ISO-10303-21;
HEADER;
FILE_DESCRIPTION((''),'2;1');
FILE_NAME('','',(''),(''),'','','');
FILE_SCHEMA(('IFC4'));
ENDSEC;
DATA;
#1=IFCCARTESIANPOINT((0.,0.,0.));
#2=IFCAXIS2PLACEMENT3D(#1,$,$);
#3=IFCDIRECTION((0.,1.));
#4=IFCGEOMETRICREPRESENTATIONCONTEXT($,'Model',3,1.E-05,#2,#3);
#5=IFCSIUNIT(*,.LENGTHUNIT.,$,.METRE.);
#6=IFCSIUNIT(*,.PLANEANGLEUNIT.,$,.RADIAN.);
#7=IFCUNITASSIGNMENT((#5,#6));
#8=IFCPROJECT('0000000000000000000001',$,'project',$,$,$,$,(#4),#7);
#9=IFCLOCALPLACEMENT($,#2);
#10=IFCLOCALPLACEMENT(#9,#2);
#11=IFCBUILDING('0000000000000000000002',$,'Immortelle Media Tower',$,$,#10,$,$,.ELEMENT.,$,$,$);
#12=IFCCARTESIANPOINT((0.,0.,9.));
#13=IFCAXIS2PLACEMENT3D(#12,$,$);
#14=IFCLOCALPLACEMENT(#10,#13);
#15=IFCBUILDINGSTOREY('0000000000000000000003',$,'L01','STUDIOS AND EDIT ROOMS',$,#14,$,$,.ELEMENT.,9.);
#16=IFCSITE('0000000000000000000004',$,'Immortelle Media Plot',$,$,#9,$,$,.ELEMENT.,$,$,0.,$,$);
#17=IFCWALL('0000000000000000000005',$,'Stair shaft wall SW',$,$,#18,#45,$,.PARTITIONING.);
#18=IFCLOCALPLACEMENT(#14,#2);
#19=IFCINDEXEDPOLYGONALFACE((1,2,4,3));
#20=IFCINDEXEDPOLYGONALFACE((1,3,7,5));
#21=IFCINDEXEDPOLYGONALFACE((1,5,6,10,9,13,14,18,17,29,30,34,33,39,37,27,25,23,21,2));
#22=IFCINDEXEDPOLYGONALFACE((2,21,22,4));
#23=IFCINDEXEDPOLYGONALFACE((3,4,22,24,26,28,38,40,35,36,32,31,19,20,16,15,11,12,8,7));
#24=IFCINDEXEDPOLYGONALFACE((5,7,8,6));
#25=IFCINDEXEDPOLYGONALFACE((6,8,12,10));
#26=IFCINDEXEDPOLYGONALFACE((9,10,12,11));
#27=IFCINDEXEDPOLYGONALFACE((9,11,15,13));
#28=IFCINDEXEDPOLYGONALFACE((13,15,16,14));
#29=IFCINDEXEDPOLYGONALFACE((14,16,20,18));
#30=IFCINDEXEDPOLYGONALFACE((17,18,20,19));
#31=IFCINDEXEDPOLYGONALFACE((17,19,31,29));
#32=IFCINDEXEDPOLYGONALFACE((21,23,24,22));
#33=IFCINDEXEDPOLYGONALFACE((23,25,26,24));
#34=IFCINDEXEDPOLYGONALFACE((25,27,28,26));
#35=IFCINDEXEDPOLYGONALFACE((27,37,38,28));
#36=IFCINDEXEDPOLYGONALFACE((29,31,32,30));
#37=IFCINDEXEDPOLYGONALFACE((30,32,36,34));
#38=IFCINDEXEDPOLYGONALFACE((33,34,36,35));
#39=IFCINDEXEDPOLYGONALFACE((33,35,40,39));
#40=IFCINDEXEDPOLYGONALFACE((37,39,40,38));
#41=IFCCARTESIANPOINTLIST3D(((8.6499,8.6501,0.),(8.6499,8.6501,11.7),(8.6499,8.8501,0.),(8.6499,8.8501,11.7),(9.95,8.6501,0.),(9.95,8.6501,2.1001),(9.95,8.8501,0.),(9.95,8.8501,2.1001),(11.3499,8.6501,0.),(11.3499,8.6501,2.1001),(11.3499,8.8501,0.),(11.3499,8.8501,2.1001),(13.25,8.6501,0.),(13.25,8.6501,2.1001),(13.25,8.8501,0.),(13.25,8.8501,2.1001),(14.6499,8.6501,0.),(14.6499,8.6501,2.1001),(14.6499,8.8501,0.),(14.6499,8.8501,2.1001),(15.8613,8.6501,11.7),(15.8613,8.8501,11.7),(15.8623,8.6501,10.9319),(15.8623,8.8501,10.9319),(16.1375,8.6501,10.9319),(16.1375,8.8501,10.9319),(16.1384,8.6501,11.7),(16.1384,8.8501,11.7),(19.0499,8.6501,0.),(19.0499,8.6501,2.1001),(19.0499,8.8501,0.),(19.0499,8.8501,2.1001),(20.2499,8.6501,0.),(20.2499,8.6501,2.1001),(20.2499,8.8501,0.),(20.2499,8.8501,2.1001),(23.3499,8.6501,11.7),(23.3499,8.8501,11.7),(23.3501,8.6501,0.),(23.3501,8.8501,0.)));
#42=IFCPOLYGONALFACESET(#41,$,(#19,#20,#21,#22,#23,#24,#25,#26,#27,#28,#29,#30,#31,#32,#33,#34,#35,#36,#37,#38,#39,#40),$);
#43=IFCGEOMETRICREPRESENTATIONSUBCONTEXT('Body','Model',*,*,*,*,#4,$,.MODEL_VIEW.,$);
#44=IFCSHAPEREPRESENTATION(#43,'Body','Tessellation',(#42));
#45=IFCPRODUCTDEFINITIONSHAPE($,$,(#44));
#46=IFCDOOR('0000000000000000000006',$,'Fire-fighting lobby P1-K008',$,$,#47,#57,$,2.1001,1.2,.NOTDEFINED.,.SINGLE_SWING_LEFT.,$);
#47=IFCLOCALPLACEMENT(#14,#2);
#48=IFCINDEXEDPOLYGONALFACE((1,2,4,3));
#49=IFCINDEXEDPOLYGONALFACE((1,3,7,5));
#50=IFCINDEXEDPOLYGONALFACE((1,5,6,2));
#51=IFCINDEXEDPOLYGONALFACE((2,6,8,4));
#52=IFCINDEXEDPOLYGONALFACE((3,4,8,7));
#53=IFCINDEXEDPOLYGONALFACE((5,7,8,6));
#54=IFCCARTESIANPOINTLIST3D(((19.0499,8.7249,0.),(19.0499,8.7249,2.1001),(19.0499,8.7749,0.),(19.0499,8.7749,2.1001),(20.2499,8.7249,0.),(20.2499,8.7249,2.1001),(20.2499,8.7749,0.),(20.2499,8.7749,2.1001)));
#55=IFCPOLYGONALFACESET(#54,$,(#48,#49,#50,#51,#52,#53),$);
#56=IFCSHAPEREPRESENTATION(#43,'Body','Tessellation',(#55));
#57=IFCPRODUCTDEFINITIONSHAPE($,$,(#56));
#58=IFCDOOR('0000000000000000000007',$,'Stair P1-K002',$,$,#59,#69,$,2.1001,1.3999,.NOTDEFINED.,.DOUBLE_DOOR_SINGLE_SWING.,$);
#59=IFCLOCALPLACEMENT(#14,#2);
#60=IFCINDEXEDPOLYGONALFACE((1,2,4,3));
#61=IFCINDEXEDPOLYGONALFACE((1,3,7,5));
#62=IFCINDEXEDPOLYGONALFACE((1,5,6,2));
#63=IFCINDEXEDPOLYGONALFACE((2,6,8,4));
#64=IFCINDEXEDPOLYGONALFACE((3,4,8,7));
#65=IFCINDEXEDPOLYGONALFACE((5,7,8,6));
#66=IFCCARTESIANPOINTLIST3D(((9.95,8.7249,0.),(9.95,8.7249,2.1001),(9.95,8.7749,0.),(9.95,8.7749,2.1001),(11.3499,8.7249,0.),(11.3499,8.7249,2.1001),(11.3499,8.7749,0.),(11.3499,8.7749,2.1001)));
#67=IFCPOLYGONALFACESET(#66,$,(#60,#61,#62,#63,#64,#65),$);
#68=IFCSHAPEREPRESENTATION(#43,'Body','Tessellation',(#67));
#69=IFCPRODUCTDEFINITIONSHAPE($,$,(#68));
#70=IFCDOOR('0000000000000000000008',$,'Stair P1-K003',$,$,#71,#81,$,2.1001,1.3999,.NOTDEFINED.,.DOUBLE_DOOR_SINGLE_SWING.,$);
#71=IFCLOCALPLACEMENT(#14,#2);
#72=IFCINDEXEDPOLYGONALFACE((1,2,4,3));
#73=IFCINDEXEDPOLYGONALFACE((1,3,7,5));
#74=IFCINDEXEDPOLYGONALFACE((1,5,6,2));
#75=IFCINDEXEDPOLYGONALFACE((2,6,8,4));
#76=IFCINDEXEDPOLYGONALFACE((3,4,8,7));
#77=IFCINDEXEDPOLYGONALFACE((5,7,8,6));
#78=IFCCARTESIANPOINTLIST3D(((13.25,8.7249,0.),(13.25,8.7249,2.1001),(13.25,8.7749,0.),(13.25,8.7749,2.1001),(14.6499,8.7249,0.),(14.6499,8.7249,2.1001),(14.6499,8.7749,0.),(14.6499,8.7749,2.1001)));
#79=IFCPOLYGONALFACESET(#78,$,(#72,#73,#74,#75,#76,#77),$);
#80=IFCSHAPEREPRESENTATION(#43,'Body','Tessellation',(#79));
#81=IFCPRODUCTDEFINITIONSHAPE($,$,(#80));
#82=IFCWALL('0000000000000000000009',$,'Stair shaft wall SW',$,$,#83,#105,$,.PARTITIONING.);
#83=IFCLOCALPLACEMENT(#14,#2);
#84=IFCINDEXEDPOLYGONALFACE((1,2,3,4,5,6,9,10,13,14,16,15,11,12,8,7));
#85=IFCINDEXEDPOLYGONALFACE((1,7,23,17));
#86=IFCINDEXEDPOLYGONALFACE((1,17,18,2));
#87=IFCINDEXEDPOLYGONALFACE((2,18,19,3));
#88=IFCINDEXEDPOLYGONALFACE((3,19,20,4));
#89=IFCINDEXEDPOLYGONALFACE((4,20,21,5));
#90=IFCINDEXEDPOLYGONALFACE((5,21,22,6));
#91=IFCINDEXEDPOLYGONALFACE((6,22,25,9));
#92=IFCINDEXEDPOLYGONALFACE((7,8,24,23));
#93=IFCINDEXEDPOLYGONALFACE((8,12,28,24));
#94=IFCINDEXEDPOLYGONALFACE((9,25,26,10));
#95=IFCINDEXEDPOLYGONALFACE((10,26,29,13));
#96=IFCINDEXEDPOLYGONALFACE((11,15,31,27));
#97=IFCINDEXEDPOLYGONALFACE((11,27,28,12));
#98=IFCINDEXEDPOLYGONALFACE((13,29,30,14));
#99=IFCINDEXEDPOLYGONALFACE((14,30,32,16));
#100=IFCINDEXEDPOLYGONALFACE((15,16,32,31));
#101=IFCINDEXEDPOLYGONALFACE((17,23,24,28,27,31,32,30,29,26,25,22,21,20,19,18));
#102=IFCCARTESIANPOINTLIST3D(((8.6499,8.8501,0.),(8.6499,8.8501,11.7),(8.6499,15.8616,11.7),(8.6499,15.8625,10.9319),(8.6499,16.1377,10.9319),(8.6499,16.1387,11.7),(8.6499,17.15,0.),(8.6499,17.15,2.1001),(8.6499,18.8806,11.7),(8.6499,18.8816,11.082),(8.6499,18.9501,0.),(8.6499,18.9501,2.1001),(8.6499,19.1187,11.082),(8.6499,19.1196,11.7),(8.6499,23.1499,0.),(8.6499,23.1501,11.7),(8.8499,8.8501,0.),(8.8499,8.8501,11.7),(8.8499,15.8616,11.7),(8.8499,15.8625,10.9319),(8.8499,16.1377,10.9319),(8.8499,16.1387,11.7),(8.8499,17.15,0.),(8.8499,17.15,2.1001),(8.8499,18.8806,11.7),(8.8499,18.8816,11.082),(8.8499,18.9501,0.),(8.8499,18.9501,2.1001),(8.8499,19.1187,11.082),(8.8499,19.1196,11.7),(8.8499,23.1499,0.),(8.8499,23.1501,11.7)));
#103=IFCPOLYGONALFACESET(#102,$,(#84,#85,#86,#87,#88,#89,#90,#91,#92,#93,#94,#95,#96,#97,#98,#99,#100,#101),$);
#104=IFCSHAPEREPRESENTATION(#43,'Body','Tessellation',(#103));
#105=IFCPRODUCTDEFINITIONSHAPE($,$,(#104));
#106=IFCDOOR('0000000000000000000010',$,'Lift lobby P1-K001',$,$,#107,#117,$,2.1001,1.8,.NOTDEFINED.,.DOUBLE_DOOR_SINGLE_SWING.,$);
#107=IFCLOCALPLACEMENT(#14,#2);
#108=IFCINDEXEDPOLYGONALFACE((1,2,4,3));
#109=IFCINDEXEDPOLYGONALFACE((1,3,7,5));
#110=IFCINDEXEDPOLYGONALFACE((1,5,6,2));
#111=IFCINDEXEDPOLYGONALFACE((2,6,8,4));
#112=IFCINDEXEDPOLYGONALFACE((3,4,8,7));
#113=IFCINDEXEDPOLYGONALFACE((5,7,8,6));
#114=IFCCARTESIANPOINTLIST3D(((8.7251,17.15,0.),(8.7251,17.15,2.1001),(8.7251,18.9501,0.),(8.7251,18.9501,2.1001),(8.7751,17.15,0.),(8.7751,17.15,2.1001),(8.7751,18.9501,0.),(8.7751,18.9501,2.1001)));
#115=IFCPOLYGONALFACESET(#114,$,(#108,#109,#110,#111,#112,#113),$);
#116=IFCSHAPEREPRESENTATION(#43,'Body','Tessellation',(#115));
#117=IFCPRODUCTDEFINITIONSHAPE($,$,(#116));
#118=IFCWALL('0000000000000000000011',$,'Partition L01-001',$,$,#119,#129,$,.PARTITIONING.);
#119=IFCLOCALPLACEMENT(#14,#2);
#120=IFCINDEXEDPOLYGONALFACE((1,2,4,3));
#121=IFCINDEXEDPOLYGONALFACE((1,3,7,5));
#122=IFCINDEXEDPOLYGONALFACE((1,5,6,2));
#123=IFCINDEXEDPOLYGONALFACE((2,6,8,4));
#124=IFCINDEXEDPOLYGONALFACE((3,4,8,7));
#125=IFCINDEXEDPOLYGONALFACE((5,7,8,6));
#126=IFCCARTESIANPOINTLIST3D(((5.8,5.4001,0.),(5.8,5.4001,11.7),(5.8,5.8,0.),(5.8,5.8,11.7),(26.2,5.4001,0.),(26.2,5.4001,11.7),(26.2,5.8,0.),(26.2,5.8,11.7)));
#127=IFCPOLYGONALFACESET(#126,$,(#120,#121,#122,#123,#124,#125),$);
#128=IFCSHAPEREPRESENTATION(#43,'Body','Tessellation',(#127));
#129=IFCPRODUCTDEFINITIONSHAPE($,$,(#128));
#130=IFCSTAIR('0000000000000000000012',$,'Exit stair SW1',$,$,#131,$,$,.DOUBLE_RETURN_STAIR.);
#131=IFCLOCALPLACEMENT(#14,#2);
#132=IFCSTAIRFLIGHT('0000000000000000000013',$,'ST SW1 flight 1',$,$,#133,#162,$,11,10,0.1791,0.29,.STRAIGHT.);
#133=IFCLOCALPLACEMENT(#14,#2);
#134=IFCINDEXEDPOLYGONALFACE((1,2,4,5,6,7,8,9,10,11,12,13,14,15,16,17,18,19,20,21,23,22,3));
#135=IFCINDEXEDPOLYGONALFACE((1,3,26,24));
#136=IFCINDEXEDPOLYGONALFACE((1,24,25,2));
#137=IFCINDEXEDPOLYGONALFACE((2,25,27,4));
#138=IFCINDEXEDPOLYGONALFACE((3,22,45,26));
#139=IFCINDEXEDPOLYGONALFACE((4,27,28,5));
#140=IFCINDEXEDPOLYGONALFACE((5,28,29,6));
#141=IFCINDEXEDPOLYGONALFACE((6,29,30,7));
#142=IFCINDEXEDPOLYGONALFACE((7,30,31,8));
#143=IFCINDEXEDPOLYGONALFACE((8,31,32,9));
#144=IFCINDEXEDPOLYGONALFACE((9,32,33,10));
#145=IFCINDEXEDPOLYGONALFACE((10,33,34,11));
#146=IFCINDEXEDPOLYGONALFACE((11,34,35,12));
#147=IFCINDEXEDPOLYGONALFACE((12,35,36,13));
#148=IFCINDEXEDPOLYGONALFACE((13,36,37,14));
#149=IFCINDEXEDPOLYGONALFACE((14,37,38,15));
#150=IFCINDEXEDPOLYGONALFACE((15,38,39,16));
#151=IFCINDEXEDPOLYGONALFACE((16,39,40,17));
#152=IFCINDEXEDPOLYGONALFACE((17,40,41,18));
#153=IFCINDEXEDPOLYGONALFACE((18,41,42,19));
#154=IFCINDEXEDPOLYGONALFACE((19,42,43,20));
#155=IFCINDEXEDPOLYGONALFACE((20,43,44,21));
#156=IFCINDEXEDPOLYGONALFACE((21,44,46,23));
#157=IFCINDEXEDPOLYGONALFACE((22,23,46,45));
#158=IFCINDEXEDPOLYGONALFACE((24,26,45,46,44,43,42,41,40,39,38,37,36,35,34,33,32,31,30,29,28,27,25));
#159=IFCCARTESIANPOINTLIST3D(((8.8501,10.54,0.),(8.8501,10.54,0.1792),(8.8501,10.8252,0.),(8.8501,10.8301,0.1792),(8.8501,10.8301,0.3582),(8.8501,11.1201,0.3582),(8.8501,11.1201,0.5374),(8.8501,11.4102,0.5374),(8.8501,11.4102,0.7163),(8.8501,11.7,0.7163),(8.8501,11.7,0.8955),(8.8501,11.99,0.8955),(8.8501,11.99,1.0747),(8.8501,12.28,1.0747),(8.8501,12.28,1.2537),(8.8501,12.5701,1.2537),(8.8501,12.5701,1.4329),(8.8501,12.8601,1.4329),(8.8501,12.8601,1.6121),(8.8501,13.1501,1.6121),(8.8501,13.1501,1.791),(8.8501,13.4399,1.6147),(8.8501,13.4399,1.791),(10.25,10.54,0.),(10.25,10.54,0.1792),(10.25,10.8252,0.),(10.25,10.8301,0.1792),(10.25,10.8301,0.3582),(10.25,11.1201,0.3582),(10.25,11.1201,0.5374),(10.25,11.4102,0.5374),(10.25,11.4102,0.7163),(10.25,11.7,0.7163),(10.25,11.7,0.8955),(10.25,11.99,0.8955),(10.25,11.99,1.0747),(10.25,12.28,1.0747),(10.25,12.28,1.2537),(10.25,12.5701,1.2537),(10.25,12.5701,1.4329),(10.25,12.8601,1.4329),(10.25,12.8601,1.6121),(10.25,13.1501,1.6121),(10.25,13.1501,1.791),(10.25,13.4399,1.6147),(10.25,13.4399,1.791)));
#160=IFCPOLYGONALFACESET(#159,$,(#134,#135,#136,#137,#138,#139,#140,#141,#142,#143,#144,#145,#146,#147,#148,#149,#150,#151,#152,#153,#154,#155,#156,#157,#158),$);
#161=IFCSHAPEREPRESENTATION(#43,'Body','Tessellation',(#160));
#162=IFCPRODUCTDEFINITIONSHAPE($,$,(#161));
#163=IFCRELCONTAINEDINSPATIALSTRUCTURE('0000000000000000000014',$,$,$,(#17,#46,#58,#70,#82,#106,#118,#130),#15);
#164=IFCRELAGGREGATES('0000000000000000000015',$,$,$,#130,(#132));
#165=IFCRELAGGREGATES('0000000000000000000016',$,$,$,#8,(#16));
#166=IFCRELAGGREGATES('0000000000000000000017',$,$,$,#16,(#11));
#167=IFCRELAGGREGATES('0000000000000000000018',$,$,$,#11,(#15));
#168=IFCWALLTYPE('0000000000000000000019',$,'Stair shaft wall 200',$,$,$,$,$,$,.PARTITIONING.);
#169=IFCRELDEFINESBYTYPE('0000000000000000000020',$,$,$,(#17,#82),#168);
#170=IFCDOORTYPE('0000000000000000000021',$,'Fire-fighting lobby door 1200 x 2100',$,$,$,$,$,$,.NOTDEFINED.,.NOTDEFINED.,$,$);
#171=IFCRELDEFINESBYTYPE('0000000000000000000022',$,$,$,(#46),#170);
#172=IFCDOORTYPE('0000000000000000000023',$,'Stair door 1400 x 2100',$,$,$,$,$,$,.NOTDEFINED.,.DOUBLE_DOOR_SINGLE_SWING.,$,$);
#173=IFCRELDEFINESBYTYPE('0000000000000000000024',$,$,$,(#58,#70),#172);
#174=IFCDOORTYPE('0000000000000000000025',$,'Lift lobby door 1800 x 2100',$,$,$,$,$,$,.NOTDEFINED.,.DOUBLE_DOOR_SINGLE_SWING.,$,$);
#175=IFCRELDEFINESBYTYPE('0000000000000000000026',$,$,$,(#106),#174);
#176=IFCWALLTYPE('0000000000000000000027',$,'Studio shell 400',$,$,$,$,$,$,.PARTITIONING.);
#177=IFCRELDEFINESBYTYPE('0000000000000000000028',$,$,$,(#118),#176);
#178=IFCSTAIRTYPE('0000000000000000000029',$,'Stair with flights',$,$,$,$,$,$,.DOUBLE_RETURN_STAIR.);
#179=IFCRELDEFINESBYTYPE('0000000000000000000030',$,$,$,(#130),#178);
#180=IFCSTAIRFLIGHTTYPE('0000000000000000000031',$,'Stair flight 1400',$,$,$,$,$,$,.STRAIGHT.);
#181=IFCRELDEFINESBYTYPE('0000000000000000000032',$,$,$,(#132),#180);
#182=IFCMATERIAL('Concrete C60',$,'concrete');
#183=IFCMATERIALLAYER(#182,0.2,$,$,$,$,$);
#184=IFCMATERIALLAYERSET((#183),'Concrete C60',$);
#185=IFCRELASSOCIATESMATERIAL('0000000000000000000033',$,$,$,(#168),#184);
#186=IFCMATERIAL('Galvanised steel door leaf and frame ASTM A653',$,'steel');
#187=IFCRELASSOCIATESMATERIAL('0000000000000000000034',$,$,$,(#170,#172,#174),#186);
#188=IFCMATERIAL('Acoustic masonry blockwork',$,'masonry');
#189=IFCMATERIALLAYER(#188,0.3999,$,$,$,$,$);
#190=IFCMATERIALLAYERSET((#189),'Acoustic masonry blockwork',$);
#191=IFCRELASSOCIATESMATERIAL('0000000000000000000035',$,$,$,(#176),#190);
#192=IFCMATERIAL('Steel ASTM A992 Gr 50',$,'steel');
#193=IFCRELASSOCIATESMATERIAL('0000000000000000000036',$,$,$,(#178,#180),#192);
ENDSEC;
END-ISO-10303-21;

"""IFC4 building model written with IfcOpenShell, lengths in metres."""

from ifc_helpers import new_model, si_unit, direction, frame, frame_2d, origin, place, context, subcontext, project, spatial, polyline, rectangle, outline, extrude, material, layer, layer_set, type_object, element, fill, aggregate, save


model = new_model("IFC4")

# Units and contexts
model_context = context("Model", 3, precision=1e-05, world=origin(), true_north=direction((0.0, 1.0)))
body_context = subcontext(model_context, "Body", "Model", "MODEL_VIEW")
ifc_project = project(units=[si_unit("LENGTHUNIT", "METRE"), si_unit("PLANEANGLEUNIT", "RADIAN")], contexts=[model_context])

# Site, building, storey
site_placement = place(None, origin())
site = spatial("IfcSite", under=ifc_project, at=site_placement, Name="Immortelle Media Plot", CompositionType="ELEMENT", RefElevation=0.0)
building_placement = place(site_placement, origin())
building = spatial("IfcBuilding", under=site, at=building_placement, Name="Immortelle Media Tower", CompositionType="ELEMENT")
storey_placement = place(building_placement, frame((0.0, 0.0, 9.0)))
storey = spatial("IfcBuildingStorey", under=building, at=storey_placement, Name="L01", Description="STUDIOS AND EDIT ROOMS", CompositionType="ELEMENT", Elevation=9.0)

# Shared definitions
ifc_material_1 = material(Name="Steel ASTM A992 Gr 50", Category="steel")

# Wall, openings, doors
ifc_material_2 = material(Name="Concrete C60", Category="concrete")
ifc_layer_1 = layer(ifc_material_2, 0.2)
ifc_layer_set_1 = layer_set([ifc_layer_1], Name="Concrete C60")
wall_type_1 = type_object("IfcWallType", Name="Stair shaft wall 200", PredefinedType="PARTITIONING", material=ifc_layer_set_1)
wall_1_placement = place(storey_placement, frame((8.6499, 8.75, 0.0), z_axis=(0.0, 0.0, 1.0), x_axis=(1.0, 0.0, 0.0)))
wall_1 = element("IfcWall", 1, at=wall_1_placement, inside=storey, type_object=wall_type_1, Name="Stair shaft wall SW", PredefinedType="PARTITIONING", context=body_context, shape_type="SweptSolid", body=[
    extrude(outline(polyline([(0.0, 0.0), (14.7002, 0.0), (14.7, 11.7), (7.4885, 11.7), (7.4875, 10.9319), (7.2124, 10.9319), (7.2114, 11.7), (0.0, 11.7), (0.0, 0.0)])), frame((0.0, 0.1001, 0.0), z_axis=(0.0, -1.0, 0.0), x_axis=(1.0, 0.0, 0.0)), (0.0, 0.0, 1.0), 0.2),
])
opening_1_placement = place(wall_1_placement, frame((1.3, 0.0, 0.0)))
opening_1 = element("IfcOpeningElement", 2, at=opening_1_placement, cuts=wall_1, PredefinedType="OPENING", context=body_context, shape_type="SweptSolid", body=[
    extrude(rectangle(XDim=1.3999, YDim=2.1001, at=frame_2d((0.7, 1.05))), frame((0.0, 0.1099, 0.0), z_axis=(0.0, -1.0, 0.0), x_axis=(1.0, 0.0, 0.0)), (0.0, 0.0, 1.0), 0.22),
])
opening_2_placement = place(wall_1_placement, frame((4.6001, 0.0, 0.0)))
opening_2 = element("IfcOpeningElement", 3, at=opening_2_placement, cuts=wall_1, PredefinedType="OPENING", context=body_context, shape_type="SweptSolid", body=[
    extrude(rectangle(XDim=1.3999, YDim=2.1001, at=frame_2d((0.7, 1.05))), frame((0.0, 0.1099, 0.0), z_axis=(0.0, -1.0, 0.0), x_axis=(1.0, 0.0, 0.0)), (0.0, 0.0, 1.0), 0.22),
])
opening_3_placement = place(wall_1_placement, frame((10.3999, 0.0, 0.0)))
opening_3 = element("IfcOpeningElement", 4, at=opening_3_placement, cuts=wall_1, PredefinedType="OPENING", context=body_context, shape_type="SweptSolid", body=[
    extrude(rectangle(XDim=1.2, YDim=2.1001, at=frame_2d((0.6001, 1.05))), frame((0.0, 0.1099, 0.0), z_axis=(0.0, -1.0, 0.0), x_axis=(1.0, 0.0, 0.0)), (0.0, 0.0, 1.0), 0.22),
])
ifc_material_3 = material(Name="Galvanised steel door leaf and frame ASTM A653", Category="steel")
door_type_1 = type_object("IfcDoorType", Name="Fire-fighting lobby door 1200 x 2100", OperationType="NOTDEFINED", PredefinedType="NOTDEFINED", material=ifc_material_3)
door_1_placement = place(opening_3_placement, origin())
door_1 = element("IfcDoor", 5, at=door_1_placement, inside=storey, type_object=door_type_1, Name="Fire-fighting lobby P1-K008", OperationType="SINGLE_SWING_LEFT", OverallHeight=2.1001, OverallWidth=1.2, PredefinedType="NOTDEFINED", context=body_context, shape_type="SweptSolid", body=[
    extrude(rectangle(XDim=1.2, YDim=2.1001, at=frame_2d((0.6001, 1.05))), frame((0.0, 0.0249, 0.0), z_axis=(0.0, -1.0, 0.0), x_axis=(1.0, 0.0, 0.0)), (0.0, 0.0, 1.0), 0.05),
])
fill(opening_3, door_1)
door_type_2 = type_object("IfcDoorType", Name="Stair door 1400 x 2100", OperationType="DOUBLE_DOOR_SINGLE_SWING", PredefinedType="NOTDEFINED", material=ifc_material_3)
door_2_placement = place(opening_1_placement, origin())
door_2 = element("IfcDoor", 6, at=door_2_placement, inside=storey, type_object=door_type_2, Name="Stair P1-K002", OperationType="DOUBLE_DOOR_SINGLE_SWING", OverallHeight=2.1001, OverallWidth=1.3999, PredefinedType="NOTDEFINED", context=body_context, shape_type="SweptSolid", body=[
    extrude(rectangle(XDim=1.3999, YDim=2.1001, at=frame_2d((0.7, 1.05))), frame((0.0, 0.0249, 0.0), z_axis=(0.0, -1.0, 0.0), x_axis=(1.0, 0.0, 0.0)), (0.0, 0.0, 1.0), 0.05),
])
fill(opening_1, door_2)
door_3_placement = place(opening_2_placement, origin())
door_3 = element("IfcDoor", 7, at=door_3_placement, inside=storey, type_object=door_type_2, Name="Stair P1-K003", OperationType="DOUBLE_DOOR_SINGLE_SWING", OverallHeight=2.1001, OverallWidth=1.3999, PredefinedType="NOTDEFINED", context=body_context, shape_type="SweptSolid", body=[
    extrude(rectangle(XDim=1.3999, YDim=2.1001, at=frame_2d((0.7, 1.05))), frame((0.0, 0.0249, 0.0), z_axis=(0.0, -1.0, 0.0), x_axis=(1.0, 0.0, 0.0)), (0.0, 0.0, 1.0), 0.05),
])
fill(opening_2, door_3)

# Wall, opening, door
wall_2_placement = place(storey_placement, frame((8.75, 8.8501, 0.0), z_axis=(0.0, 0.0, 1.0), x_axis=(0.0, 1.0, 0.0)))
wall_2 = element("IfcWall", 8, at=wall_2_placement, inside=storey, type_object=wall_type_1, Name="Stair shaft wall SW", PredefinedType="PARTITIONING", context=body_context, shape_type="SweptSolid", body=[
    extrude(outline(polyline([(0.0, 0.0), (14.2998, 0.0), (14.3, 11.7), (10.2695, 11.7), (10.2686, 11.082), (10.0315, 11.082), (10.0305, 11.7), (7.2886, 11.7), (7.2876, 10.9319), (7.0125, 10.9319), (7.0115, 11.7), (0.0, 11.7), (0.0, 0.0)])), frame((0.0, 0.1001, 0.0), z_axis=(0.0, -1.0, 0.0), x_axis=(1.0, 0.0, 0.0)), (0.0, 0.0, 1.0), 0.2),
])
opening_4_placement = place(wall_2_placement, frame((8.3, 0.0, 0.0)))
opening_4 = element("IfcOpeningElement", 9, at=opening_4_placement, cuts=wall_2, PredefinedType="OPENING", context=body_context, shape_type="SweptSolid", body=[
    extrude(rectangle(XDim=1.8, YDim=2.1001, at=frame_2d((0.8999, 1.05))), frame((0.0, 0.1099, 0.0), z_axis=(0.0, -1.0, 0.0), x_axis=(1.0, 0.0, 0.0)), (0.0, 0.0, 1.0), 0.22),
])
door_type_3 = type_object("IfcDoorType", Name="Lift lobby door 1800 x 2100", OperationType="DOUBLE_DOOR_SINGLE_SWING", PredefinedType="NOTDEFINED", material=ifc_material_3)
door_4_placement = place(opening_4_placement, origin())
door_4 = element("IfcDoor", 10, at=door_4_placement, inside=storey, type_object=door_type_3, Name="Lift lobby P1-K001", OperationType="DOUBLE_DOOR_SINGLE_SWING", OverallHeight=2.1001, OverallWidth=1.8, PredefinedType="NOTDEFINED", context=body_context, shape_type="SweptSolid", body=[
    extrude(rectangle(XDim=1.8, YDim=2.1001, at=frame_2d((0.8999, 1.05))), frame((0.0, 0.0249, 0.0), z_axis=(0.0, -1.0, 0.0), x_axis=(1.0, 0.0, 0.0)), (0.0, 0.0, 1.0), 0.05),
])
fill(opening_4, door_4)

# Wall
ifc_material_4 = material(Name="Acoustic masonry blockwork", Category="masonry")
ifc_layer_2 = layer(ifc_material_4, 0.3999)
ifc_layer_set_2 = layer_set([ifc_layer_2], Name="Acoustic masonry blockwork")
wall_type_2 = type_object("IfcWallType", Name="Studio shell 400", PredefinedType="PARTITIONING", material=ifc_layer_set_2)
wall_3_placement = place(storey_placement, frame((5.8, 5.6001, 0.0), z_axis=(0.0, 0.0, 1.0), x_axis=(1.0, 0.0, 0.0)))
element("IfcWall", 11, at=wall_3_placement, inside=storey, type_object=wall_type_2, Name="Partition L01-001", PredefinedType="PARTITIONING", context=body_context, shape_type="SweptSolid", body=[
    extrude(rectangle(XDim=20.3999, YDim=0.3999, at=frame_2d((10.2, 0.0))), origin(), (0.0, 0.0, 1.0), 11.7),
])

# Stair, stair flight
stair_type = type_object("IfcStairType", Name="Stair with flights", PredefinedType="DOUBLE_RETURN_STAIR", material=ifc_material_1)
stair_placement = place(storey_placement, origin())
stair = element("IfcStair", 12, at=stair_placement, inside=storey, type_object=stair_type, Name="Exit stair SW1", PredefinedType="DOUBLE_RETURN_STAIR")
stair_flight_type = type_object("IfcStairFlightType", Name="Stair flight 1400", PredefinedType="STRAIGHT", material=ifc_material_1)
stair_flight_1_placement = place(storey_placement, frame((9.55, 10.54, 0.0), z_axis=(0.0, 0.0, 1.0), x_axis=(0.0, 1.0, 0.0)))
stair_flight_1 = element("IfcStairFlight", 13, at=stair_flight_1_placement, type_object=stair_flight_type, Name="ST SW1 flight 1", NumberOfRisers=11, NumberOfTreads=10, PredefinedType="STRAIGHT", RiserHeight=0.1791, TreadLength=0.29, context=body_context, shape_type="SweptSolid", body=[
    extrude(outline(polyline([(0.0, 0.0), (0.0, 0.1792), (0.29, 0.1792), (0.29, 0.3582), (0.5801, 0.3582), (0.5801, 0.5374), (0.8701, 0.5374), (0.8701, 0.7163), (1.1599, 0.7163), (1.1599, 0.8955), (1.45, 0.8955), (1.45, 1.0747), (1.74, 1.0747), (1.74, 1.2537), (2.03, 1.2537), (2.03, 1.4329), (2.3201, 1.4329), (2.3201, 1.6121), (2.6101, 1.6121), (2.6101, 1.791), (2.8999, 1.791), (2.8999, 1.9702), (2.8999, 1.6147), (0.2852, 0.0), (0.0, 0.0)])), frame((0.0, 0.7, 0.0), z_axis=(0.0, -1.0, 0.0), x_axis=(1.0, 0.0, 0.0)), (0.0, 0.0, 1.0), 1.3999),
])
aggregate(stair, [stair_flight_1])

save(model, "model.ifc")
